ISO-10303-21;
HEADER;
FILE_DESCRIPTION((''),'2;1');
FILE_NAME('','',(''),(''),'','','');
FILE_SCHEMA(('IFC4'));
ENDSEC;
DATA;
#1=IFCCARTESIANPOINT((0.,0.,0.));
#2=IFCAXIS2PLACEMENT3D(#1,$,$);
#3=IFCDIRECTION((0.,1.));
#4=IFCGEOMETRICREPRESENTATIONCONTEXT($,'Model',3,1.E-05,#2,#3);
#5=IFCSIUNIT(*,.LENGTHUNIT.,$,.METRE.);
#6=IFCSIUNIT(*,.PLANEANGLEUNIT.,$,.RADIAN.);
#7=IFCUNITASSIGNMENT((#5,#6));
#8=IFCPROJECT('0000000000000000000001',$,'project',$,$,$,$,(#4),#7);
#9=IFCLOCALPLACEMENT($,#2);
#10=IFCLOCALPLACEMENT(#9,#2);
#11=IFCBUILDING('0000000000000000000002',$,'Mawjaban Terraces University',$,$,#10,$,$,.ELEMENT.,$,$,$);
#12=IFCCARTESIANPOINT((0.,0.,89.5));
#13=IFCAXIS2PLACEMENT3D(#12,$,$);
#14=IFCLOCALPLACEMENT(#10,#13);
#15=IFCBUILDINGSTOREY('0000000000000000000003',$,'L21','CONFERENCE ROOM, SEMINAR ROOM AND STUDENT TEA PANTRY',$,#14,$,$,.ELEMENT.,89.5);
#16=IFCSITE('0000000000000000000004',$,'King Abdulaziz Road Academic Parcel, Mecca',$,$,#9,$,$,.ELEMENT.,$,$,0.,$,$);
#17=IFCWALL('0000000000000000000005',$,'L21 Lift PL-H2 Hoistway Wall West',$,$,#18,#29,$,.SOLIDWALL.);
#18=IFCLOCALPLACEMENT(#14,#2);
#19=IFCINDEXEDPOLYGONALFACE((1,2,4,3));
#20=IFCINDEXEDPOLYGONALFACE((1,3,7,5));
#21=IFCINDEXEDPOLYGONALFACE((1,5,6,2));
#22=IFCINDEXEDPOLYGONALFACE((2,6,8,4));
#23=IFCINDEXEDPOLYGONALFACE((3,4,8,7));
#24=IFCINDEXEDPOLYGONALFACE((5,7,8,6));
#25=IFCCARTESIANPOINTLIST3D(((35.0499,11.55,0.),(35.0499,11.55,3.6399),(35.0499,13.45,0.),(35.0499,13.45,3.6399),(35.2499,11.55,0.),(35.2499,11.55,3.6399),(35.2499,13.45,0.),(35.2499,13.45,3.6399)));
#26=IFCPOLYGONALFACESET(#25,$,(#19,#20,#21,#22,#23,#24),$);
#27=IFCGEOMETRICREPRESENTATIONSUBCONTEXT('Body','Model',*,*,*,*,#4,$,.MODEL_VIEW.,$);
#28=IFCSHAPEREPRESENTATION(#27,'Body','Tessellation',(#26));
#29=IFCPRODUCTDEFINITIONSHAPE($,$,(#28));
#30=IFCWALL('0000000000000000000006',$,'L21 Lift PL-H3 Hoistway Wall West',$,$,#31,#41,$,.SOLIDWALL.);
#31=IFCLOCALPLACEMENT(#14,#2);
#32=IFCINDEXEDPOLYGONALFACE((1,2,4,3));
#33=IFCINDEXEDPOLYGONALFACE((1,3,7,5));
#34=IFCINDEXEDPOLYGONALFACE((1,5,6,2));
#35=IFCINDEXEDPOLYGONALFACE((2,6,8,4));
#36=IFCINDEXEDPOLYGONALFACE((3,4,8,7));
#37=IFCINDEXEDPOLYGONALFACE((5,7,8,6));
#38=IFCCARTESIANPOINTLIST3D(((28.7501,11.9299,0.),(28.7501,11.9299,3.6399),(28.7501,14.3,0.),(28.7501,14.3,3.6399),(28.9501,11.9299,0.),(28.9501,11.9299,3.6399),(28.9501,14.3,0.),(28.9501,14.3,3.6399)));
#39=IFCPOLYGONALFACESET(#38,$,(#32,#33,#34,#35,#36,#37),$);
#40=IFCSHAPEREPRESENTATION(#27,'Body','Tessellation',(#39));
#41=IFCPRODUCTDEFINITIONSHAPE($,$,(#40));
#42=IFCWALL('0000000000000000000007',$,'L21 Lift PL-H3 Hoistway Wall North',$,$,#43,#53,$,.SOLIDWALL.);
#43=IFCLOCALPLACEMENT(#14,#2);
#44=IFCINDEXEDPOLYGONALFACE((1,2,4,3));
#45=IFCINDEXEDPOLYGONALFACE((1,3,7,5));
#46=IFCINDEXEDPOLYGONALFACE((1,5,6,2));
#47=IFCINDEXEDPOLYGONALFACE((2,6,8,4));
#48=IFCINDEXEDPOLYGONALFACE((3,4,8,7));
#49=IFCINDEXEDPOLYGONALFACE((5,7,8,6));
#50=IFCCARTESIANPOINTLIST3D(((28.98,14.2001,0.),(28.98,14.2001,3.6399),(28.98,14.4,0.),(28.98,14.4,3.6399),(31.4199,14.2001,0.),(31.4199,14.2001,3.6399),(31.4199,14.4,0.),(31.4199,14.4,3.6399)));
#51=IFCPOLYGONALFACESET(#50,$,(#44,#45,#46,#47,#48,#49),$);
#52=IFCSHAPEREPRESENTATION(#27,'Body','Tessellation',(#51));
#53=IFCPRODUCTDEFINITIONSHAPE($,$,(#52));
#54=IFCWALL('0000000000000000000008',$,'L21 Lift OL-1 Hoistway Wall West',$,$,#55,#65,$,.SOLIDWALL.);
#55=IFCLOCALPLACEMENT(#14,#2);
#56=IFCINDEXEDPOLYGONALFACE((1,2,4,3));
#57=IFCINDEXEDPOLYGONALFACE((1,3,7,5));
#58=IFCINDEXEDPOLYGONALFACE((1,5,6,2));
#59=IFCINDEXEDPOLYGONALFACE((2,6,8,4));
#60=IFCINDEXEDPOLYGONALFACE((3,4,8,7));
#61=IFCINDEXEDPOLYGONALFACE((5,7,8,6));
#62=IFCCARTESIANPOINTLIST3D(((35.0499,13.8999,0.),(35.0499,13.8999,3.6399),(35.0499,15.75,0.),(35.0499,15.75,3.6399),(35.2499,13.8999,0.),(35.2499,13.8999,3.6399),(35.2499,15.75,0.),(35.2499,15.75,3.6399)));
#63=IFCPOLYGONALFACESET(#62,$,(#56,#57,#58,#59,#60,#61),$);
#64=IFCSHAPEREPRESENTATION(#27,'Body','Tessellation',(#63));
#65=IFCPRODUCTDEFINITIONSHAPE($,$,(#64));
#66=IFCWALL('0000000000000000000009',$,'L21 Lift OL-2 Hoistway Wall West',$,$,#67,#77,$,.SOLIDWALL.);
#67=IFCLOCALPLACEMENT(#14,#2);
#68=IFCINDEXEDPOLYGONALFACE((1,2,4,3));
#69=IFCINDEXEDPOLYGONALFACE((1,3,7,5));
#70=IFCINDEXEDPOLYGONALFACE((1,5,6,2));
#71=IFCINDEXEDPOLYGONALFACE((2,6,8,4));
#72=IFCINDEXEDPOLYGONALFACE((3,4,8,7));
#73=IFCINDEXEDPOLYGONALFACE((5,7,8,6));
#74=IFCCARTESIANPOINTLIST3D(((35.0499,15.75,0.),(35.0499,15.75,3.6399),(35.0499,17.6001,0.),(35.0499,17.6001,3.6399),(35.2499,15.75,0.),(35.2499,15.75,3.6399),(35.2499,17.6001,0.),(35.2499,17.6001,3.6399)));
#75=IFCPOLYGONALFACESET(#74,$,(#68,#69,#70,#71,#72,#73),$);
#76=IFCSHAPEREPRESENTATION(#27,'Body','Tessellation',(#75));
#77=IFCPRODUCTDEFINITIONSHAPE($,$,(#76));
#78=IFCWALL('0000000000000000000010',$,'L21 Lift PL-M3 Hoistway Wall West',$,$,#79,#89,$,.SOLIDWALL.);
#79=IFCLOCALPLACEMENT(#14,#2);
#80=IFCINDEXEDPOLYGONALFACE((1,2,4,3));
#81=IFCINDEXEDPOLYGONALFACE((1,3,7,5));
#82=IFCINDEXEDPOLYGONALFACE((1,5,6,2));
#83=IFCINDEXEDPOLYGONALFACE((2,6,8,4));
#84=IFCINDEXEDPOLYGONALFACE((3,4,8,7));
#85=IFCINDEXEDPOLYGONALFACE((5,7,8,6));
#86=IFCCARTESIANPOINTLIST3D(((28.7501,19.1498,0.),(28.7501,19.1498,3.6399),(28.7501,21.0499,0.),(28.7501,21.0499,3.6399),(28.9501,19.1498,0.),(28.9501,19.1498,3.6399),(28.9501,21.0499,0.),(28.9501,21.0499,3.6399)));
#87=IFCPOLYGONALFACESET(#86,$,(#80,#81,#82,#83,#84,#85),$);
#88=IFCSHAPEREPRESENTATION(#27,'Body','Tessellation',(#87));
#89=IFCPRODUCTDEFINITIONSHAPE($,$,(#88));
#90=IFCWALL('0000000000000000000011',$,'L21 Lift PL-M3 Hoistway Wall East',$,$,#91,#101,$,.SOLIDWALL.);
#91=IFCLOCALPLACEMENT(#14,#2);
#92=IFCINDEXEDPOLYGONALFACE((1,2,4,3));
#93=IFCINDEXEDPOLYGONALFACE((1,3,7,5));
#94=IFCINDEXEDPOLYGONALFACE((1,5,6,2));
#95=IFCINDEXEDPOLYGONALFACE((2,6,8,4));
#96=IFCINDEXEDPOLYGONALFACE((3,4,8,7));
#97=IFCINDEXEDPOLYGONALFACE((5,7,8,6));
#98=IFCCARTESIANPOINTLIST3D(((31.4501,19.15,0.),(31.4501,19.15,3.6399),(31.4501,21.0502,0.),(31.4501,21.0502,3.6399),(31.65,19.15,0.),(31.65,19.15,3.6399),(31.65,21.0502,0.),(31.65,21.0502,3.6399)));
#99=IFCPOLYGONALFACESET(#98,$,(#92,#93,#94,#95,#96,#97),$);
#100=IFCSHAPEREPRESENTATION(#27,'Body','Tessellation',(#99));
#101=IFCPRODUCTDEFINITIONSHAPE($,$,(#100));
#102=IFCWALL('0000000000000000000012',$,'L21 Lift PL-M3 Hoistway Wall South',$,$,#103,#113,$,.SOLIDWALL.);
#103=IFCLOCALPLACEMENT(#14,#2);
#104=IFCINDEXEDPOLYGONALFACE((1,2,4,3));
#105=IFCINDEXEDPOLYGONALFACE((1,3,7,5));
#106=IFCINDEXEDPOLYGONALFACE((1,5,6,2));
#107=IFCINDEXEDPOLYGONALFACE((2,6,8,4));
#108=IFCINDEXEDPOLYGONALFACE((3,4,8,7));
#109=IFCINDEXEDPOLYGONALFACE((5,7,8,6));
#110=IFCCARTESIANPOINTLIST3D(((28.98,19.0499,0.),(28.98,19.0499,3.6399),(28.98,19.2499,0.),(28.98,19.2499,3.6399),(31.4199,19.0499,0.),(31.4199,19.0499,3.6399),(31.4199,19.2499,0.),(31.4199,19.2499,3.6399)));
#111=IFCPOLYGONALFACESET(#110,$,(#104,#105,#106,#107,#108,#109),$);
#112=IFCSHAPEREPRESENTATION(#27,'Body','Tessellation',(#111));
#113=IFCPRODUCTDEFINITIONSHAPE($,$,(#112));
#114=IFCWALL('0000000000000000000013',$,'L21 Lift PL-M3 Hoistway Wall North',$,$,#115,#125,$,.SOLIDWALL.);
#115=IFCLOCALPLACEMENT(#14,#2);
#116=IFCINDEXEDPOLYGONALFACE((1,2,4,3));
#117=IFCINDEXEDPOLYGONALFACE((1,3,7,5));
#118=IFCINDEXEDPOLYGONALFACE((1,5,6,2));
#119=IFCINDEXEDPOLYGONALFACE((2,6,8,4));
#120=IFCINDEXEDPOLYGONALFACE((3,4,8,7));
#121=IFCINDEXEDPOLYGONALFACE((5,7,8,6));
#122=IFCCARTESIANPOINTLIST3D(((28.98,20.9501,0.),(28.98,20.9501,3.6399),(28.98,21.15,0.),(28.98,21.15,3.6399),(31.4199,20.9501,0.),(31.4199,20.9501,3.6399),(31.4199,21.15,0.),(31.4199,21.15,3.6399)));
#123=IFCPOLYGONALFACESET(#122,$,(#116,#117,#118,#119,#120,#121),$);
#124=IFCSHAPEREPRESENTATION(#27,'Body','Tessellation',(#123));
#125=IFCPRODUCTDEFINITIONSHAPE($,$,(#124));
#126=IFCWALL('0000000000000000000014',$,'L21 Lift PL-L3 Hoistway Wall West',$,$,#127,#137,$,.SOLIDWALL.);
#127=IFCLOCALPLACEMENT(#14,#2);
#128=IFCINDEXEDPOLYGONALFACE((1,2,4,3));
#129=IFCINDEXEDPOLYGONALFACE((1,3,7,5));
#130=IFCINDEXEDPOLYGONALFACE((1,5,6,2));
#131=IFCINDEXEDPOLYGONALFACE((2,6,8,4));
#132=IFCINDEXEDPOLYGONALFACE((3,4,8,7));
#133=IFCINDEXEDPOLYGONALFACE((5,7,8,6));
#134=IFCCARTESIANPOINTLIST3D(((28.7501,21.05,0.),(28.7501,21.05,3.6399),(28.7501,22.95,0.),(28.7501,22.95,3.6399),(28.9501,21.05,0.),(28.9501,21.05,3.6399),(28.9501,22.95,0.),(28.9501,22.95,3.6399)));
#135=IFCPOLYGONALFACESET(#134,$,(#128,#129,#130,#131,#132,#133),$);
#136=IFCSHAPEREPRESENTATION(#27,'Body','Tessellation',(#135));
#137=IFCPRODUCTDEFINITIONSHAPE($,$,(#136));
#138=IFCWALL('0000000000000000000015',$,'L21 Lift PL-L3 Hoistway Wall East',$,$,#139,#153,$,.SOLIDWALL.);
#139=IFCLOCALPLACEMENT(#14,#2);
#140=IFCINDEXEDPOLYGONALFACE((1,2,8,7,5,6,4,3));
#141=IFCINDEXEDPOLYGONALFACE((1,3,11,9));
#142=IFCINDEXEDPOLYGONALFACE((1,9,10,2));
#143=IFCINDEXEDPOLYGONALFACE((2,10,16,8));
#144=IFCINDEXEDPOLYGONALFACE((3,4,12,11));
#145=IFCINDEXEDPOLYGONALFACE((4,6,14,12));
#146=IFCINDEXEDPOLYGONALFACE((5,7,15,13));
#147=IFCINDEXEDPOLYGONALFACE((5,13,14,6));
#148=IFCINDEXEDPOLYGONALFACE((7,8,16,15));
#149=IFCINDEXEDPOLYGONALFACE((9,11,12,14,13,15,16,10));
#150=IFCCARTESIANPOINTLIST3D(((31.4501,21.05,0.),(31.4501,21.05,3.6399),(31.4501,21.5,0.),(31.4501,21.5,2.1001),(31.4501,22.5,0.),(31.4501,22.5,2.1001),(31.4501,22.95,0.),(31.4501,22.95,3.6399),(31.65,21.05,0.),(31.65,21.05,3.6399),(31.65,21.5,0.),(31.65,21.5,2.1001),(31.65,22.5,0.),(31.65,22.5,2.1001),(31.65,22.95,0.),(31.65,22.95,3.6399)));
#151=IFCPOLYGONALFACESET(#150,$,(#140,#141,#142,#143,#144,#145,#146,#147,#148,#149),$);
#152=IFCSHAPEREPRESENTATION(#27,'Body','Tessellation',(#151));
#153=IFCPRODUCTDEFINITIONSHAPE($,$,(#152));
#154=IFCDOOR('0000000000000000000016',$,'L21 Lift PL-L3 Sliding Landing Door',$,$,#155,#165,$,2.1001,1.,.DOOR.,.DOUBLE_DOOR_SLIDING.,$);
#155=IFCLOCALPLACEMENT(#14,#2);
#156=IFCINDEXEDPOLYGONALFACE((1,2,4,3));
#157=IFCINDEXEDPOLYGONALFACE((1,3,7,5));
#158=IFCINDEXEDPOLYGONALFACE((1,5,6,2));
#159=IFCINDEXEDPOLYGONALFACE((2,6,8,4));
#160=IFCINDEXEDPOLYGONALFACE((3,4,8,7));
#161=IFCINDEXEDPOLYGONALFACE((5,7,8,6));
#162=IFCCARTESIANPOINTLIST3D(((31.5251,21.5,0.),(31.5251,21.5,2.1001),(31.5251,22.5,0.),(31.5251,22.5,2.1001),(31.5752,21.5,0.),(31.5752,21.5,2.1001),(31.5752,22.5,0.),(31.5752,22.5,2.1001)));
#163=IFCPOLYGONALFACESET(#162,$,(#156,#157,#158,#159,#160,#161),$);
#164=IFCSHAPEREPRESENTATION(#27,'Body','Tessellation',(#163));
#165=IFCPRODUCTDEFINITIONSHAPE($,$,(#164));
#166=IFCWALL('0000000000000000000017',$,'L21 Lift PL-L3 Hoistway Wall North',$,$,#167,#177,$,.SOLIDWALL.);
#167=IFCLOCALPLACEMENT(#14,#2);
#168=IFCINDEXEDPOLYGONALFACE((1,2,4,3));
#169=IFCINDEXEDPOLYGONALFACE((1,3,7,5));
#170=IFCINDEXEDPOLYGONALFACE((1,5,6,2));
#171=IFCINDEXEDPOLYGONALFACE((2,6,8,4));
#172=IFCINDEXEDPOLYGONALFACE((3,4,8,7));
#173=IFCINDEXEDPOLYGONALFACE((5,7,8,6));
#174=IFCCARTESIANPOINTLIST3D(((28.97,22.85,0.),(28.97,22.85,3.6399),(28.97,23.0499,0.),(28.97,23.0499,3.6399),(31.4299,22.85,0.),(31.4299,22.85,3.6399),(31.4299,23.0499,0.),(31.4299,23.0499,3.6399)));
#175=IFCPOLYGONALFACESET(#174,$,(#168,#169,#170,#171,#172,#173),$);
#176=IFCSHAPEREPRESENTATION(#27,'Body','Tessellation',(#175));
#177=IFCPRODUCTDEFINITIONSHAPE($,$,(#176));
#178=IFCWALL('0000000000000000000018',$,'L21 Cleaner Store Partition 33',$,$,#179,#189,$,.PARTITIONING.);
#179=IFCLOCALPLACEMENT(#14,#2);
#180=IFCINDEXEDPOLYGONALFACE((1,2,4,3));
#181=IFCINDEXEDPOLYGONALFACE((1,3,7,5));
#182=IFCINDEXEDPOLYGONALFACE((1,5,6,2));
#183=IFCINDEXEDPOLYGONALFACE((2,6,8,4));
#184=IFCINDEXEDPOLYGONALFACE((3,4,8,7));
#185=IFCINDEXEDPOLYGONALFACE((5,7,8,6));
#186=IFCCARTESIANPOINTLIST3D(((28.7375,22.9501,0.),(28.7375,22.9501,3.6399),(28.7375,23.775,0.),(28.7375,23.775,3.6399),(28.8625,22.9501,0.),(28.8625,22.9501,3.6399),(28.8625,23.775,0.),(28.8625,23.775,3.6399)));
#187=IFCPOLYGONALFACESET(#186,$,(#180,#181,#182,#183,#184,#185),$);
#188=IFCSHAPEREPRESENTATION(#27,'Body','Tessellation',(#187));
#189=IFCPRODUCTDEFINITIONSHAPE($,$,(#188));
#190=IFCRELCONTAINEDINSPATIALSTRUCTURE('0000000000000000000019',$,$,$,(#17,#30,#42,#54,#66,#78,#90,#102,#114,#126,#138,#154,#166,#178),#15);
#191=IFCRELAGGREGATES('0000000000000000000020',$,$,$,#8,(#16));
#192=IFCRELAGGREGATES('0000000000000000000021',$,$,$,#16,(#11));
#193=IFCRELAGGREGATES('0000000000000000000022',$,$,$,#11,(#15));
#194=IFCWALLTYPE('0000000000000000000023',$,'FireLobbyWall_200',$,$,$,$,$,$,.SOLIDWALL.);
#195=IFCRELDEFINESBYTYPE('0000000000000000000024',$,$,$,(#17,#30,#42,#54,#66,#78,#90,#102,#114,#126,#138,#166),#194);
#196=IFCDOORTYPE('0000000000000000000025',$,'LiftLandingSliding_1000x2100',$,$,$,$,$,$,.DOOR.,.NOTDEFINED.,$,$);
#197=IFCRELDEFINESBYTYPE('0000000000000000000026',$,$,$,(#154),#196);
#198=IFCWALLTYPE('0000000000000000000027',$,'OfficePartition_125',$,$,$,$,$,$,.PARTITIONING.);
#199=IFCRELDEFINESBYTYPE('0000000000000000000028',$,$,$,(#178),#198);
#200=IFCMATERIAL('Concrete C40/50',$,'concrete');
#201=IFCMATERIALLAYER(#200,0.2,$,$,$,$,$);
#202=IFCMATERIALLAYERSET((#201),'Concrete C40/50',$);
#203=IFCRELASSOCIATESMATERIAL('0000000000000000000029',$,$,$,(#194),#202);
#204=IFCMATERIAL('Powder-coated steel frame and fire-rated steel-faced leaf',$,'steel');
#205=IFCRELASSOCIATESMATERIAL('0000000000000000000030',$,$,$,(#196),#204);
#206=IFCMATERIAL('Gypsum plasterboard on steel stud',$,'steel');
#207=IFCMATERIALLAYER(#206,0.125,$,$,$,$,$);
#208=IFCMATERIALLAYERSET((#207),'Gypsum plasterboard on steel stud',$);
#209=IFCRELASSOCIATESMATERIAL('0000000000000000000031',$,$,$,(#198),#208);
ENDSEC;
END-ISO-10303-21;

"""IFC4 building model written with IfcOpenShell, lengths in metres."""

from ifc_helpers import new_model, si_unit, direction, frame, frame_2d, origin, place, context, subcontext, project, spatial, rectangle, extrude, material, layer, layer_set, type_object, element, fill, save


model = new_model("IFC4")

# Units and contexts
model_context = context("Model", 3, precision=1e-05, world=origin(), true_north=direction((0.0, 1.0)))
body_context = subcontext(model_context, "Body", "Model", "MODEL_VIEW")
ifc_project = project(units=[si_unit("LENGTHUNIT", "METRE"), si_unit("PLANEANGLEUNIT", "RADIAN")], contexts=[model_context])

# Site, building, storey
site_placement = place(None, origin())
site = spatial("IfcSite", under=ifc_project, at=site_placement, Name="King Abdulaziz Road Academic Parcel, Mecca", CompositionType="ELEMENT", RefElevation=0.0)
building_placement = place(site_placement, origin())
building = spatial("IfcBuilding", under=site, at=building_placement, Name="Mawjaban Terraces University", CompositionType="ELEMENT")
storey_placement = place(building_placement, frame((0.0, 0.0, 89.5)))
storey = spatial("IfcBuildingStorey", under=building, at=storey_placement, Name="L21", Description="CONFERENCE ROOM, SEMINAR ROOM AND STUDENT TEA PANTRY", CompositionType="ELEMENT", Elevation=89.5)

# Walls
ifc_material_1 = material(Name="Concrete C40/50", Category="concrete")
ifc_layer_1 = layer(ifc_material_1, 0.2)
ifc_layer_set_1 = layer_set([ifc_layer_1], Name="Concrete C40/50")
wall_type_1 = type_object("IfcWallType", Name="FireLobbyWall_200", PredefinedType="SOLIDWALL", material=ifc_layer_set_1)
wall_1_placement = place(storey_placement, frame((35.1499, 13.45, 0.0), z_axis=(0.0, 0.0, 1.0), x_axis=(0.0, -1.0, 0.0)))
element("IfcWall", 1, at=wall_1_placement, inside=storey, type_object=wall_type_1, Name="L21 Lift PL-H2 Hoistway Wall West", PredefinedType="SOLIDWALL", context=body_context, shape_type="SweptSolid", body=[
    extrude(rectangle(XDim=1.8999, YDim=0.2, at=frame_2d((0.95, 0.0))), origin(), (0.0, 0.0, 1.0), 3.6399),
])
wall_2_placement = place(storey_placement, frame((28.8501, 14.3, 0.0), z_axis=(0.0, 0.0, 1.0), x_axis=(0.0, -1.0, 0.0)))
element("IfcWall", 2, at=wall_2_placement, inside=storey, type_object=wall_type_1, Name="L21 Lift PL-H3 Hoistway Wall West", PredefinedType="SOLIDWALL", context=body_context, shape_type="SweptSolid", body=[
    extrude(rectangle(XDim=2.3701, YDim=0.2, at=frame_2d((1.1851, 0.0))), origin(), (0.0, 0.0, 1.0), 3.6399),
])
wall_3_placement = place(storey_placement, frame((31.4199, 14.3, 0.0), z_axis=(0.0, 0.0, 1.0), x_axis=(-1.0, 0.0, 0.0)))
element("IfcWall", 3, at=wall_3_placement, inside=storey, type_object=wall_type_1, Name="L21 Lift PL-H3 Hoistway Wall North", PredefinedType="SOLIDWALL", context=body_context, shape_type="SweptSolid", body=[
    extrude(rectangle(XDim=2.4399, YDim=0.2, at=frame_2d((1.22, 0.0))), origin(), (0.0, 0.0, 1.0), 3.6399),
])
for number, where, z_axis, x_axis, name in (
    (4, (35.1499, 15.75, 0.0), (0.0, 0.0, 1.0), (0.0, -1.0, 0.0), "L21 Lift OL-1 Hoistway Wall West"),
    (5, (35.1499, 17.6001, 0.0), (0.0, 0.0, 1.0), (0.0, -1.0, 0.0), "L21 Lift OL-2 Hoistway Wall West"),
):
    element("IfcWall", number, at=place(storey_placement, frame(where, z_axis=z_axis, x_axis=x_axis)), inside=storey, type_object=wall_type_1, Name=name, PredefinedType="SOLIDWALL", context=body_context, shape_type="SweptSolid", body=[
        extrude(rectangle(XDim=1.8501, YDim=0.2, at=frame_2d((0.925, 0.0))), origin(), (0.0, 0.0, 1.0), 3.6399),
    ])
for number, where, z_axis, x_axis, name in (
    (6, (28.8501, 21.05, 0.0), (0.0, 0.0, 1.0), (0.0, -1.0, 0.0), "L21 Lift PL-M3 Hoistway Wall West"),
    (7, (31.55, 19.1499, 0.0), (0.0, 0.0, 1.0), (0.0, 1.0, 0.0), "L21 Lift PL-M3 Hoistway Wall East"),
):
    element("IfcWall", number, at=place(storey_placement, frame(where, z_axis=z_axis, x_axis=x_axis)), inside=storey, type_object=wall_type_1, Name=name, PredefinedType="SOLIDWALL", context=body_context, shape_type="SweptSolid", body=[
        extrude(rectangle(XDim=1.9001, YDim=0.2, at=frame_2d((0.9502, 0.0))), origin(), (0.0, 0.0, 1.0), 3.6399),
    ])
for number, where, z_axis, x_axis, name in (
    (8, (28.98, 19.1499, 0.0), (0.0, 0.0, 1.0), (1.0, 0.0, 0.0), "L21 Lift PL-M3 Hoistway Wall South"),
    (9, (31.4199, 21.05, 0.0), (0.0, 0.0, 1.0), (-1.0, 0.0, 0.0), "L21 Lift PL-M3 Hoistway Wall North"),
):
    element("IfcWall", number, at=place(storey_placement, frame(where, z_axis=z_axis, x_axis=x_axis)), inside=storey, type_object=wall_type_1, Name=name, PredefinedType="SOLIDWALL", context=body_context, shape_type="SweptSolid", body=[
        extrude(rectangle(XDim=2.4399, YDim=0.2, at=frame_2d((1.22, 0.0))), origin(), (0.0, 0.0, 1.0), 3.6399),
    ])
wall_4_placement = place(storey_placement, frame((28.8501, 22.95, 0.0), z_axis=(0.0, 0.0, 1.0), x_axis=(0.0, -1.0, 0.0)))
element("IfcWall", 10, at=wall_4_placement, inside=storey, type_object=wall_type_1, Name="L21 Lift PL-L3 Hoistway Wall West", PredefinedType="SOLIDWALL", context=body_context, shape_type="SweptSolid", body=[
    extrude(rectangle(XDim=1.8999, YDim=0.2, at=frame_2d((0.95, 0.0))), origin(), (0.0, 0.0, 1.0), 3.6399),
])

# Wall, opening, door
wall_5_placement = place(storey_placement, frame((31.55, 21.05, 0.0), z_axis=(0.0, 0.0, 1.0), x_axis=(0.0, 1.0, 0.0)))
wall_5 = element("IfcWall", 11, at=wall_5_placement, inside=storey, type_object=wall_type_1, Name="L21 Lift PL-L3 Hoistway Wall East", PredefinedType="SOLIDWALL", context=body_context, shape_type="SweptSolid", body=[
    extrude(rectangle(XDim=1.8999, YDim=0.2, at=frame_2d((0.95, 0.0))), origin(), (0.0, 0.0, 1.0), 3.6399),
])
opening_1_placement = place(wall_5_placement, frame((0.45, 0.0, 0.0)))
opening_1 = element("IfcOpeningElement", 12, at=opening_1_placement, cuts=wall_5, PredefinedType="OPENING", context=body_context, shape_type="SweptSolid", body=[
    extrude(rectangle(XDim=1.0, YDim=2.1001, at=frame_2d((0.5, 1.05))), frame((0.0, 0.1099, 0.0), z_axis=(0.0, -1.0, 0.0), x_axis=(1.0, 0.0, 0.0)), (0.0, 0.0, 1.0), 0.22),
])
ifc_material_2 = material(Name="Powder-coated steel frame and fire-rated steel-faced leaf", Category="steel")
door_type_1 = type_object("IfcDoorType", Name="LiftLandingSliding_1000x2100", OperationType="NOTDEFINED", PredefinedType="DOOR", material=ifc_material_2)
door_1_placement = place(opening_1_placement, origin())
door_1 = element("IfcDoor", 13, at=door_1_placement, inside=storey, type_object=door_type_1, Name="L21 Lift PL-L3 Sliding Landing Door", OperationType="DOUBLE_DOOR_SLIDING", OverallHeight=2.1001, OverallWidth=1.0, PredefinedType="DOOR", context=body_context, shape_type="SweptSolid", body=[
    extrude(rectangle(XDim=1.0, YDim=2.1001, at=frame_2d((0.5, 1.05))), frame((0.0, 0.0249, 0.0), z_axis=(0.0, -1.0, 0.0), x_axis=(1.0, 0.0, 0.0)), (0.0, 0.0, 1.0), 0.05),
])
fill(opening_1, door_1)

# Walls
wall_6_placement = place(storey_placement, frame((31.4299, 22.95, 0.0), z_axis=(0.0, 0.0, 1.0), x_axis=(-1.0, 0.0, 0.0)))
element("IfcWall", 14, at=wall_6_placement, inside=storey, type_object=wall_type_1, Name="L21 Lift PL-L3 Hoistway Wall North", PredefinedType="SOLIDWALL", context=body_context, shape_type="SweptSolid", body=[
    extrude(rectangle(XDim=2.46, YDim=0.2, at=frame_2d((1.23, 0.0))), origin(), (0.0, 0.0, 1.0), 3.6399),
])
ifc_material_3 = material(Name="Gypsum plasterboard on steel stud", Category="steel")
ifc_layer_2 = layer(ifc_material_3, 0.125)
ifc_layer_set_2 = layer_set([ifc_layer_2], Name="Gypsum plasterboard on steel stud")
wall_type_2 = type_object("IfcWallType", Name="OfficePartition_125", PredefinedType="PARTITIONING", material=ifc_layer_set_2)
wall_7_placement = place(storey_placement, frame((28.8, 22.95, 0.0), z_axis=(0.0, 0.0, 1.0), x_axis=(0.0, 1.0, 0.0)))
element("IfcWall", 15, at=wall_7_placement, inside=storey, type_object=wall_type_2, Name="L21 Cleaner Store Partition 33", PredefinedType="PARTITIONING", context=body_context, shape_type="SweptSolid", body=[
    extrude(rectangle(XDim=0.825, YDim=0.125, at=frame_2d((0.4126, 0.0))), origin(), (0.0, 0.0, 1.0), 3.6399),
])

save(model, "model.ifc")
